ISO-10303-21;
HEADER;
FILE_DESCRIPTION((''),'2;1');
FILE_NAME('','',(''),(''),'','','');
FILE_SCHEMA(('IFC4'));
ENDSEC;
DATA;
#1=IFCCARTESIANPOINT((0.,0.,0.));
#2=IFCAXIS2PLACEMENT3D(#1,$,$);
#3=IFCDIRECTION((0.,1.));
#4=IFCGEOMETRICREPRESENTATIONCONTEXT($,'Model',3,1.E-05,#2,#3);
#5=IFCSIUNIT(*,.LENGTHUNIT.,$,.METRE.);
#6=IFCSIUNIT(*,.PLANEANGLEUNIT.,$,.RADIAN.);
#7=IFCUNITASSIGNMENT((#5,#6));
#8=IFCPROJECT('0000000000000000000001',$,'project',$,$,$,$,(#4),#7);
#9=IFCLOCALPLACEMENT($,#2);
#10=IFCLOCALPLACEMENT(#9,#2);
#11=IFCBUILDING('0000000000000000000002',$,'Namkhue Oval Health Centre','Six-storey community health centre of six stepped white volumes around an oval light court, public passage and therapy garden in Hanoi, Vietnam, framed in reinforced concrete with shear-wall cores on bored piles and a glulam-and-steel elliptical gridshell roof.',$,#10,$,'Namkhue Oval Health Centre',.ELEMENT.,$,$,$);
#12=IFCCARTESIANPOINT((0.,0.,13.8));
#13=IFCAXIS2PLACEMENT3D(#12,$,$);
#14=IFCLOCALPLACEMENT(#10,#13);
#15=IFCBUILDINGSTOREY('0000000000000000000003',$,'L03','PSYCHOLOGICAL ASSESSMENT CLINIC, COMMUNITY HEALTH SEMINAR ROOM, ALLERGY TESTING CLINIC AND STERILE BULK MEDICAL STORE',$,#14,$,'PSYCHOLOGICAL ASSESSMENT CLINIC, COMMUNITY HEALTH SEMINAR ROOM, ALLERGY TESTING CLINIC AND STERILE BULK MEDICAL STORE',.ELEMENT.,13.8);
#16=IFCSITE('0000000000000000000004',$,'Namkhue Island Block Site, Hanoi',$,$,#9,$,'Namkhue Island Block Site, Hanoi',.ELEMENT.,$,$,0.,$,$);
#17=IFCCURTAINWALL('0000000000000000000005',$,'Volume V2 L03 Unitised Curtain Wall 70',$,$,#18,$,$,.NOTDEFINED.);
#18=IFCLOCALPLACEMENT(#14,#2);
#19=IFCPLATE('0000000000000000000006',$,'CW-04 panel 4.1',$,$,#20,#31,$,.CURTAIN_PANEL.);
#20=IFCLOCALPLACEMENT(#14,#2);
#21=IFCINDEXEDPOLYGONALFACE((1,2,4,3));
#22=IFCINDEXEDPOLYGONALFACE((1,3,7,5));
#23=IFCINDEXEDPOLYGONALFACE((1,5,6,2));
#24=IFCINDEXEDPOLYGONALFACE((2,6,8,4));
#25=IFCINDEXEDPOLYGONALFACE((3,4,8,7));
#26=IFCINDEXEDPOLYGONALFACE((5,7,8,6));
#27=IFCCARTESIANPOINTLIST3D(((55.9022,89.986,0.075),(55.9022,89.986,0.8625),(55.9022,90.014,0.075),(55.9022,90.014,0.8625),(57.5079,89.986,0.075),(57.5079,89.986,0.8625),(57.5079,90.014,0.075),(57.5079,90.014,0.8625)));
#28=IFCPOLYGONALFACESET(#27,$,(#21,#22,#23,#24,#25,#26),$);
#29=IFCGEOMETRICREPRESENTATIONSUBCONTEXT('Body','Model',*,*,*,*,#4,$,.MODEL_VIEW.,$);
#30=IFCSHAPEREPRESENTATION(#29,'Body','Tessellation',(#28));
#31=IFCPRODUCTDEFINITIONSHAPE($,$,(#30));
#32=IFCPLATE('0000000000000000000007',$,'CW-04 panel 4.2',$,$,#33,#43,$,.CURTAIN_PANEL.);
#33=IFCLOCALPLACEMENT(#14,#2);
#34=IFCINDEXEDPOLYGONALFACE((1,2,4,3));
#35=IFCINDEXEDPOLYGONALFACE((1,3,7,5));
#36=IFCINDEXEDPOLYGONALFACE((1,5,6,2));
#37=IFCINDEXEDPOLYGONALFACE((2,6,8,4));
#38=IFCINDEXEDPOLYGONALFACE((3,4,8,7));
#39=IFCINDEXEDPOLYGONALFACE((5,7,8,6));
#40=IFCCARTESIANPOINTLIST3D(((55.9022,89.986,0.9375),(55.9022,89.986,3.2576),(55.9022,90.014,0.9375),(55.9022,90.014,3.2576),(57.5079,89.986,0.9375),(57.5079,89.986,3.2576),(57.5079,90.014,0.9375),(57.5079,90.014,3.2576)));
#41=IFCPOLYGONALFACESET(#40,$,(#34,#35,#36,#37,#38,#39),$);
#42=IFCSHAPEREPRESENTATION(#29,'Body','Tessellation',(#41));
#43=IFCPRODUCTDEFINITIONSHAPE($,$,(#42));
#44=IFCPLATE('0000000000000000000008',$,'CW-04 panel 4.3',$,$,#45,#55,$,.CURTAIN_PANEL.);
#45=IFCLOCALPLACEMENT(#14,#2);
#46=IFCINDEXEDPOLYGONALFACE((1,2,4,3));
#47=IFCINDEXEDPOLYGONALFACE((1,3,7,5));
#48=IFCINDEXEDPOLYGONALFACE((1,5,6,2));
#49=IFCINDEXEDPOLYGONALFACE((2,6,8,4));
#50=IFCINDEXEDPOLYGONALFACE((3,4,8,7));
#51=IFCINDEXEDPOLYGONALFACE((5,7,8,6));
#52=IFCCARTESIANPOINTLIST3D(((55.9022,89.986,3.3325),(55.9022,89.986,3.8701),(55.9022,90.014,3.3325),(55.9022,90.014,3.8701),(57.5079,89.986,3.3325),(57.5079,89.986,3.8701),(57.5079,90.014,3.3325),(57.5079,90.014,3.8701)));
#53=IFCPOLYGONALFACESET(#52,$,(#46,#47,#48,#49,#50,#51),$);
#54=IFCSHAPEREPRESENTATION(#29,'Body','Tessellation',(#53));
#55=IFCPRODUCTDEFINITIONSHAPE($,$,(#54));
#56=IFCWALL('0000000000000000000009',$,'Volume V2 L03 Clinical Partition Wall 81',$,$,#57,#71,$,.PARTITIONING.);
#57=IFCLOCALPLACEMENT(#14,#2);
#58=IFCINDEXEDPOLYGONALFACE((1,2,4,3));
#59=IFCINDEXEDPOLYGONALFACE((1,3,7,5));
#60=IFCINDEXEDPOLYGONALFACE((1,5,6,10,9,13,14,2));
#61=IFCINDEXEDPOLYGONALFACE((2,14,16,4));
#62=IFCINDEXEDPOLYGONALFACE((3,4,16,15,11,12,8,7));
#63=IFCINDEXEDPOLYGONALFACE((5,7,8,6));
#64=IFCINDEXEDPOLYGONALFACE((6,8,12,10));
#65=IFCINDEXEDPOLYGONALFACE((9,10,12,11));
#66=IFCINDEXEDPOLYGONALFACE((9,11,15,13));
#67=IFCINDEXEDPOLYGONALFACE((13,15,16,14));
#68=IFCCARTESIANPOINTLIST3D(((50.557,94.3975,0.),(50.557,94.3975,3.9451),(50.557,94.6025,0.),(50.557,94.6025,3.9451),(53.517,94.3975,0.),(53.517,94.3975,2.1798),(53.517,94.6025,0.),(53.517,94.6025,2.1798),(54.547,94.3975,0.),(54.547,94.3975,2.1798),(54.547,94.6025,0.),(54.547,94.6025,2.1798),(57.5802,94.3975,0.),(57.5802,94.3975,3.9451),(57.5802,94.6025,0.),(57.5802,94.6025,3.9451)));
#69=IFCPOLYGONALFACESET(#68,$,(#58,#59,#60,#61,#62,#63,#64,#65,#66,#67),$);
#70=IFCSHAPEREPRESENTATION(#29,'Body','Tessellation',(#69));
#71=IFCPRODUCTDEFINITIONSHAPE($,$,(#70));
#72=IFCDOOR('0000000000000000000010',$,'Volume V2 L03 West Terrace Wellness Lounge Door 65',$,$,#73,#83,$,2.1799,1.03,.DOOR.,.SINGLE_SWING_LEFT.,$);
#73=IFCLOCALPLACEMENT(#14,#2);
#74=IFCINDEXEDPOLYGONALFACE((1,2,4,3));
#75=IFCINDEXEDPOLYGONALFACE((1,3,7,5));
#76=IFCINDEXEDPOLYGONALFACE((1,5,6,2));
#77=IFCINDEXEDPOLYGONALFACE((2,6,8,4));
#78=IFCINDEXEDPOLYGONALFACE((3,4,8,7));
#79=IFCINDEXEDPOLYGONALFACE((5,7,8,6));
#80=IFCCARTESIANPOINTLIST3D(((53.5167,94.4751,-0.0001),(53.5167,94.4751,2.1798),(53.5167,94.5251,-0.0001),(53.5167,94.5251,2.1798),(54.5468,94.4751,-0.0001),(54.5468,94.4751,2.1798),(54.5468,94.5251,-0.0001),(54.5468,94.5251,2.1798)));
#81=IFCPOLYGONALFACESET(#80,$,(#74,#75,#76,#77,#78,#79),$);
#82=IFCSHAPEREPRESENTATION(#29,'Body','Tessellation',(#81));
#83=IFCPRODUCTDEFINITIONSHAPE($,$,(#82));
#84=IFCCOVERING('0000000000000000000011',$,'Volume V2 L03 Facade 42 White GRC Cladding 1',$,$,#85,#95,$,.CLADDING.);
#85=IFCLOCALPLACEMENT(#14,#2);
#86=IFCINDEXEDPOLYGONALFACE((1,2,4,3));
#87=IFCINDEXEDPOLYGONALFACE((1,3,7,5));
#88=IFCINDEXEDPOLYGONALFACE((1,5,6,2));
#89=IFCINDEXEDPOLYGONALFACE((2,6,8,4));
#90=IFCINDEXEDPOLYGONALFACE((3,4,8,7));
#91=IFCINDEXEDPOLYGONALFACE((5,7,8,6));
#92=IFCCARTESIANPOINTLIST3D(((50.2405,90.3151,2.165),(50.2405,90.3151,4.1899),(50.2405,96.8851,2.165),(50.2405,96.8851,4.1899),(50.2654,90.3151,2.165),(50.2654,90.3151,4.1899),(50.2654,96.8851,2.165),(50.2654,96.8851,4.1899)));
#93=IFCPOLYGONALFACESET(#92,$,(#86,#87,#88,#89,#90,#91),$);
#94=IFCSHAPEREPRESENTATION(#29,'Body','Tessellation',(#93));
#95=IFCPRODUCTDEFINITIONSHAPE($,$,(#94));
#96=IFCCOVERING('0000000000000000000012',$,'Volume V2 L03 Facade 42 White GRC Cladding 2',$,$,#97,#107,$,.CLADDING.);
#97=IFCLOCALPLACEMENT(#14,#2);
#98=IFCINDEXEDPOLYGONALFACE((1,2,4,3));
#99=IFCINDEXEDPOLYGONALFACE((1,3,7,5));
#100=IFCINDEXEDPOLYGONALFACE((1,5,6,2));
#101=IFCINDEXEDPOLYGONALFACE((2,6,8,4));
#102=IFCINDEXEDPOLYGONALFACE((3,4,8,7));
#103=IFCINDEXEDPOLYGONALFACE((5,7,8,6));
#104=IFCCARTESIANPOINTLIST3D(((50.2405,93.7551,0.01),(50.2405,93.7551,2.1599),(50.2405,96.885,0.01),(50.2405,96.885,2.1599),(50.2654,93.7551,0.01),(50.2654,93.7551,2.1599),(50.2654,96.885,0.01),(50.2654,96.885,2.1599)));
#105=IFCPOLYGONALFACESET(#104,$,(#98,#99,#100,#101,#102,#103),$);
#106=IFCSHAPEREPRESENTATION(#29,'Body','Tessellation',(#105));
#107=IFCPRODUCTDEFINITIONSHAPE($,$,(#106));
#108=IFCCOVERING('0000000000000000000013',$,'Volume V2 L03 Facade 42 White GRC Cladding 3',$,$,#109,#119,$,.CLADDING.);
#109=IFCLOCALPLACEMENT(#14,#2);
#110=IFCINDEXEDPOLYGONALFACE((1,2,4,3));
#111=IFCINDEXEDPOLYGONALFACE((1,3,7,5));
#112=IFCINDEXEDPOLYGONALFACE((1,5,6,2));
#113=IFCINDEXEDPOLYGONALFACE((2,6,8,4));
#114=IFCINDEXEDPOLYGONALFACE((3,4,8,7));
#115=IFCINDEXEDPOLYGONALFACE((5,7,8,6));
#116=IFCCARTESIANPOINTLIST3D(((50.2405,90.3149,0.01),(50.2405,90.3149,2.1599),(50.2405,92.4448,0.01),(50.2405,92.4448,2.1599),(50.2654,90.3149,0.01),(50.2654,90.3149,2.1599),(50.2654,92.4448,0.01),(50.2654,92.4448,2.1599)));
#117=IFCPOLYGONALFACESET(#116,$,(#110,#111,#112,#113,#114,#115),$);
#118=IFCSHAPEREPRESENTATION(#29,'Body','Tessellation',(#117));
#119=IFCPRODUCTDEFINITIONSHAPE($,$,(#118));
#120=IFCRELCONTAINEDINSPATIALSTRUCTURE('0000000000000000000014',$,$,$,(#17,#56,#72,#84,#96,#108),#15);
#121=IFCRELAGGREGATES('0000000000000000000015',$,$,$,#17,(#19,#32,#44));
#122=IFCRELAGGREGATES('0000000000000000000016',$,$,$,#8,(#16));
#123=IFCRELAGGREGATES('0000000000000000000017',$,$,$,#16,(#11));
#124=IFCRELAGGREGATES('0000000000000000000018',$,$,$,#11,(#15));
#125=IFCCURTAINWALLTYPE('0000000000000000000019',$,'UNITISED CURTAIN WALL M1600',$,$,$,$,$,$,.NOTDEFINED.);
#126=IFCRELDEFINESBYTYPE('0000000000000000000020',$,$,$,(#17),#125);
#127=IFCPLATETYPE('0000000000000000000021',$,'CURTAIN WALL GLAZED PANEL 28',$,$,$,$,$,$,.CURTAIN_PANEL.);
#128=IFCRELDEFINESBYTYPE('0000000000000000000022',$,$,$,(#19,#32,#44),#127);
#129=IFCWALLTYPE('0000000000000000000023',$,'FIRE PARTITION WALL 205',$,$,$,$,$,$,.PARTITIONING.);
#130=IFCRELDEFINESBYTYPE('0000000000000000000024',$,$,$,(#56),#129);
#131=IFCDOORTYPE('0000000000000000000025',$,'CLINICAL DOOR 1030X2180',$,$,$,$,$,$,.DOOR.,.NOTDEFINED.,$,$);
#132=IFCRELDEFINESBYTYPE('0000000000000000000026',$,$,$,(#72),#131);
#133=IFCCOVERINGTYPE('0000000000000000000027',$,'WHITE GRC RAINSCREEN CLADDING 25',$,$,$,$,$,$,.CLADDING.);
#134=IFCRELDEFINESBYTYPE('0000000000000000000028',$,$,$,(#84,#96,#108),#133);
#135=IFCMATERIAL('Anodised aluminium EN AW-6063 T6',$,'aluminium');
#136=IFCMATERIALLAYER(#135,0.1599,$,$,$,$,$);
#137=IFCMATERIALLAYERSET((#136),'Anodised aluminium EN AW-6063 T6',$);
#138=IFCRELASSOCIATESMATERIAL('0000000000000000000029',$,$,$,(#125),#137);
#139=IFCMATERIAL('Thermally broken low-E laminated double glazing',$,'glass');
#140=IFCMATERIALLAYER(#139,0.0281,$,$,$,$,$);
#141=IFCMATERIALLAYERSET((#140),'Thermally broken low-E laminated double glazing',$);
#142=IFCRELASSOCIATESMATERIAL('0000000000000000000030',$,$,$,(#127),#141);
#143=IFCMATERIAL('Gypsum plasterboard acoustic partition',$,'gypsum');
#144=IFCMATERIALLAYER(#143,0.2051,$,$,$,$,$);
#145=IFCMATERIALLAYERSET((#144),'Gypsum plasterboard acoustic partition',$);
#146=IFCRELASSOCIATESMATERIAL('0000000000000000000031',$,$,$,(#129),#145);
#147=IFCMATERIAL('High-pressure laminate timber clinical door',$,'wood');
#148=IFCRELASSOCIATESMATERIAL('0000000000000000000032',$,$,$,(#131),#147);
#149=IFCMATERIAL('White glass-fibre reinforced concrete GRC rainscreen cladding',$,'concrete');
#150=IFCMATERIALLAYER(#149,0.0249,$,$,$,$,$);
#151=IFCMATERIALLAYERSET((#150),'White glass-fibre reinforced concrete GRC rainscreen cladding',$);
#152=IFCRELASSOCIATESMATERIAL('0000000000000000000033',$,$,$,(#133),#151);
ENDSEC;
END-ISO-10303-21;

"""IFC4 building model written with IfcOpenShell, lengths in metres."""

from ifc_helpers import new_model, si_unit, direction, frame, frame_2d, origin, origin_2d, place, context, subcontext, project, spatial, rectangle, extrude, material, layer, layer_set, type_object, element, fill, aggregate, save


model = new_model("IFC4")

# Units and contexts
model_context = context("Model", 3, precision=1e-05, world=origin(), true_north=direction((0.0, 1.0)))
body_context = subcontext(model_context, "Body", "Model", "MODEL_VIEW")
ifc_project = project(units=[si_unit("LENGTHUNIT", "METRE"), si_unit("PLANEANGLEUNIT", "RADIAN")], contexts=[model_context])

# Site, building, storey
site_placement = place(None, origin())
site = spatial("IfcSite", under=ifc_project, at=site_placement, Name="Namkhue Island Block Site, Hanoi", LongName="Namkhue Island Block Site, Hanoi", CompositionType="ELEMENT", RefElevation=0.0)
building_placement = place(site_placement, origin())
building = spatial("IfcBuilding", under=site, at=building_placement, Name="Namkhue Oval Health Centre", Description="Six-storey community health centre of six stepped white volumes around an oval light court, public passage and therapy garden in Hanoi, Vietnam, framed in reinforced concrete with shear-wall cores on bored piles and a glulam-and-steel elliptical gridshell roof.", LongName="Namkhue Oval Health Centre", CompositionType="ELEMENT")
storey_placement = place(building_placement, frame((0.0, 0.0, 13.8)))
storey = spatial("IfcBuildingStorey", under=building, at=storey_placement, Name="L03", Description="PSYCHOLOGICAL ASSESSMENT CLINIC, COMMUNITY HEALTH SEMINAR ROOM, ALLERGY TESTING CLINIC AND STERILE BULK MEDICAL STORE", LongName="PSYCHOLOGICAL ASSESSMENT CLINIC, COMMUNITY HEALTH SEMINAR ROOM, ALLERGY TESTING CLINIC AND STERILE BULK MEDICAL STORE", CompositionType="ELEMENT", Elevation=13.8)

# Curtain wall
ifc_material_1 = material(Name="Anodised aluminium EN AW-6063 T6", Category="aluminium")
ifc_layer_1 = layer(ifc_material_1, 0.1599)
ifc_layer_set_1 = layer_set([ifc_layer_1], Name="Anodised aluminium EN AW-6063 T6")
curtain_wall_type = type_object("IfcCurtainWallType", Name="UNITISED CURTAIN WALL M1600", PredefinedType="NOTDEFINED", material=ifc_layer_set_1)
curtain_wall_placement = place(storey_placement, origin())
curtain_wall = element("IfcCurtainWall", 1, at=curtain_wall_placement, inside=storey, type_object=curtain_wall_type, Name="Volume V2 L03 Unitised Curtain Wall 70", PredefinedType="NOTDEFINED")

# Plates
ifc_material_2 = material(Name="Thermally broken low-E laminated double glazing", Category="glass")
ifc_layer_2 = layer(ifc_material_2, 0.0281)
ifc_layer_set_2 = layer_set([ifc_layer_2], Name="Thermally broken low-E laminated double glazing")
plate_type = type_object("IfcPlateType", Name="CURTAIN WALL GLAZED PANEL 28", PredefinedType="CURTAIN_PANEL", material=ifc_layer_set_2)
plate_1_placement = place(storey_placement, frame((56.7051, 90.0, 0.075), z_axis=(0.0, 0.0, 1.0), x_axis=(1.0, 0.0, 0.0)))
plate_1 = element("IfcPlate", 2, at=plate_1_placement, type_object=plate_type, Name="CW-04 panel 4.1", PredefinedType="CURTAIN_PANEL", context=body_context, shape_type="SweptSolid", body=[
    extrude(rectangle(XDim=1.6057, YDim=0.0281, at=origin_2d()), origin(), (0.0, 0.0, 1.0), 0.7876),
])
plate_2_placement = place(storey_placement, frame((56.7051, 90.0, 0.9375), z_axis=(0.0, 0.0, 1.0), x_axis=(1.0, 0.0, 0.0)))
plate_2 = element("IfcPlate", 3, at=plate_2_placement, type_object=plate_type, Name="CW-04 panel 4.2", PredefinedType="CURTAIN_PANEL", context=body_context, shape_type="SweptSolid", body=[
    extrude(rectangle(XDim=1.6057, YDim=0.0281, at=origin_2d()), origin(), (0.0, 0.0, 1.0), 2.3201),
])
plate_3_placement = place(storey_placement, frame((56.7051, 90.0, 3.3325), z_axis=(0.0, 0.0, 1.0), x_axis=(1.0, 0.0, 0.0)))
plate_3 = element("IfcPlate", 4, at=plate_3_placement, type_object=plate_type, Name="CW-04 panel 4.3", PredefinedType="CURTAIN_PANEL", context=body_context, shape_type="SweptSolid", body=[
    extrude(rectangle(XDim=1.6057, YDim=0.0281, at=origin_2d()), origin(), (0.0, 0.0, 1.0), 0.5376),
])
aggregate(curtain_wall, [plate_1, plate_2, plate_3])

# Shared definitions
ifc_material_3 = material(Name="Gypsum plasterboard acoustic partition", Category="gypsum")
ifc_material_4 = material(Name="High-pressure laminate timber clinical door", Category="wood")

# Wall, opening, door
ifc_layer_3 = layer(ifc_material_3, 0.2051)
ifc_layer_set_3 = layer_set([ifc_layer_3], Name="Gypsum plasterboard acoustic partition")
wall_type_1 = type_object("IfcWallType", Name="FIRE PARTITION WALL 205", PredefinedType="PARTITIONING", material=ifc_layer_set_3)
wall_1_placement = place(storey_placement, frame((50.5569, 94.5, 0.0), z_axis=(0.0, 0.0, 1.0), x_axis=(1.0, 0.0, 0.0)))
wall_1 = element("IfcWall", 5, at=wall_1_placement, inside=storey, type_object=wall_type_1, Name="Volume V2 L03 Clinical Partition Wall 81", PredefinedType="PARTITIONING", context=body_context, shape_type="SweptSolid", body=[
    extrude(rectangle(XDim=7.0232, YDim=0.2051, at=frame_2d((3.5117, 0.0))), origin(), (0.0, 0.0, 1.0), 3.9451),
])
opening_1_placement = place(wall_1_placement, frame((2.96, 0.0, 0.0)))
opening_1 = element("IfcOpeningElement", 6, at=opening_1_placement, cuts=wall_1, PredefinedType="OPENING", context=body_context, shape_type="SweptSolid", body=[
    extrude(rectangle(XDim=1.03, YDim=2.1799, at=frame_2d((0.5151, 1.0898))), frame((0.0, 0.1125, 0.0), z_axis=(0.0, -1.0, 0.0), x_axis=(1.0, 0.0, 0.0)), (0.0, 0.0, 1.0), 0.2251),
])
door_type_1 = type_object("IfcDoorType", Name="CLINICAL DOOR 1030X2180", OperationType="NOTDEFINED", PredefinedType="DOOR", material=ifc_material_4)
door_1_placement = place(opening_1_placement, frame((1.03, 0.0, 0.0), z_axis=(0.0, 0.0, 1.0), x_axis=(-1.0, 0.0, 0.0)))
door_1 = element("IfcDoor", 7, at=door_1_placement, inside=storey, type_object=door_type_1, Name="Volume V2 L03 West Terrace Wellness Lounge Door 65", OperationType="SINGLE_SWING_LEFT", OverallHeight=2.1799, OverallWidth=1.03, PredefinedType="DOOR", context=body_context, shape_type="SweptSolid", body=[
    extrude(rectangle(XDim=1.03, YDim=2.1799, at=frame_2d((0.5151, 1.0898))), frame((0.0, 0.0249, 0.0), z_axis=(0.0, -1.0, 0.0), x_axis=(1.0, 0.0, 0.0)), (0.0, 0.0, 1.0), 0.05),
])
fill(opening_1, door_1)

# Coverings
ifc_material_5 = material(Name="White glass-fibre reinforced concrete GRC rainscreen cladding", Category="concrete")
ifc_layer_4 = layer(ifc_material_5, 0.0249)
ifc_layer_set_4 = layer_set([ifc_layer_4], Name="White glass-fibre reinforced concrete GRC rainscreen cladding")
covering_type = type_object("IfcCoveringType", Name="WHITE GRC RAINSCREEN CLADDING 25", PredefinedType="CLADDING", material=ifc_layer_set_4)
covering_1_placement = place(storey_placement, frame((50.2529, 93.6001, 2.165), z_axis=(0.0, 0.0, 1.0), x_axis=(0.0, -1.0, 0.0)))
element("IfcCovering", 8, at=covering_1_placement, inside=storey, type_object=covering_type, Name="Volume V2 L03 Facade 42 White GRC Cladding 1", PredefinedType="CLADDING", context=body_context, shape_type="SweptSolid", body=[
    extrude(rectangle(XDim=6.5701, YDim=0.0249, at=origin_2d()), origin(), (0.0, 0.0, 1.0), 2.0249),
])
covering_2_placement = place(storey_placement, frame((50.2529, 95.3201, 0.01), z_axis=(0.0, 0.0, 1.0), x_axis=(0.0, -1.0, 0.0)))
element("IfcCovering", 9, at=covering_2_placement, inside=storey, type_object=covering_type, Name="Volume V2 L03 Facade 42 White GRC Cladding 2", PredefinedType="CLADDING", context=body_context, shape_type="SweptSolid", body=[
    extrude(rectangle(XDim=3.1299, YDim=0.0249, at=origin_2d()), origin(), (0.0, 0.0, 1.0), 2.1499),
])
covering_3_placement = place(storey_placement, frame((50.2529, 91.3799, 0.01), z_axis=(0.0, 0.0, 1.0), x_axis=(0.0, -1.0, 0.0)))
element("IfcCovering", 10, at=covering_3_placement, inside=storey, type_object=covering_type, Name="Volume V2 L03 Facade 42 White GRC Cladding 3", PredefinedType="CLADDING", context=body_context, shape_type="SweptSolid", body=[
    extrude(rectangle(XDim=2.1299, YDim=0.0249, at=origin_2d()), origin(), (0.0, 0.0, 1.0), 2.1499),
])

save(model, "model.ifc")
